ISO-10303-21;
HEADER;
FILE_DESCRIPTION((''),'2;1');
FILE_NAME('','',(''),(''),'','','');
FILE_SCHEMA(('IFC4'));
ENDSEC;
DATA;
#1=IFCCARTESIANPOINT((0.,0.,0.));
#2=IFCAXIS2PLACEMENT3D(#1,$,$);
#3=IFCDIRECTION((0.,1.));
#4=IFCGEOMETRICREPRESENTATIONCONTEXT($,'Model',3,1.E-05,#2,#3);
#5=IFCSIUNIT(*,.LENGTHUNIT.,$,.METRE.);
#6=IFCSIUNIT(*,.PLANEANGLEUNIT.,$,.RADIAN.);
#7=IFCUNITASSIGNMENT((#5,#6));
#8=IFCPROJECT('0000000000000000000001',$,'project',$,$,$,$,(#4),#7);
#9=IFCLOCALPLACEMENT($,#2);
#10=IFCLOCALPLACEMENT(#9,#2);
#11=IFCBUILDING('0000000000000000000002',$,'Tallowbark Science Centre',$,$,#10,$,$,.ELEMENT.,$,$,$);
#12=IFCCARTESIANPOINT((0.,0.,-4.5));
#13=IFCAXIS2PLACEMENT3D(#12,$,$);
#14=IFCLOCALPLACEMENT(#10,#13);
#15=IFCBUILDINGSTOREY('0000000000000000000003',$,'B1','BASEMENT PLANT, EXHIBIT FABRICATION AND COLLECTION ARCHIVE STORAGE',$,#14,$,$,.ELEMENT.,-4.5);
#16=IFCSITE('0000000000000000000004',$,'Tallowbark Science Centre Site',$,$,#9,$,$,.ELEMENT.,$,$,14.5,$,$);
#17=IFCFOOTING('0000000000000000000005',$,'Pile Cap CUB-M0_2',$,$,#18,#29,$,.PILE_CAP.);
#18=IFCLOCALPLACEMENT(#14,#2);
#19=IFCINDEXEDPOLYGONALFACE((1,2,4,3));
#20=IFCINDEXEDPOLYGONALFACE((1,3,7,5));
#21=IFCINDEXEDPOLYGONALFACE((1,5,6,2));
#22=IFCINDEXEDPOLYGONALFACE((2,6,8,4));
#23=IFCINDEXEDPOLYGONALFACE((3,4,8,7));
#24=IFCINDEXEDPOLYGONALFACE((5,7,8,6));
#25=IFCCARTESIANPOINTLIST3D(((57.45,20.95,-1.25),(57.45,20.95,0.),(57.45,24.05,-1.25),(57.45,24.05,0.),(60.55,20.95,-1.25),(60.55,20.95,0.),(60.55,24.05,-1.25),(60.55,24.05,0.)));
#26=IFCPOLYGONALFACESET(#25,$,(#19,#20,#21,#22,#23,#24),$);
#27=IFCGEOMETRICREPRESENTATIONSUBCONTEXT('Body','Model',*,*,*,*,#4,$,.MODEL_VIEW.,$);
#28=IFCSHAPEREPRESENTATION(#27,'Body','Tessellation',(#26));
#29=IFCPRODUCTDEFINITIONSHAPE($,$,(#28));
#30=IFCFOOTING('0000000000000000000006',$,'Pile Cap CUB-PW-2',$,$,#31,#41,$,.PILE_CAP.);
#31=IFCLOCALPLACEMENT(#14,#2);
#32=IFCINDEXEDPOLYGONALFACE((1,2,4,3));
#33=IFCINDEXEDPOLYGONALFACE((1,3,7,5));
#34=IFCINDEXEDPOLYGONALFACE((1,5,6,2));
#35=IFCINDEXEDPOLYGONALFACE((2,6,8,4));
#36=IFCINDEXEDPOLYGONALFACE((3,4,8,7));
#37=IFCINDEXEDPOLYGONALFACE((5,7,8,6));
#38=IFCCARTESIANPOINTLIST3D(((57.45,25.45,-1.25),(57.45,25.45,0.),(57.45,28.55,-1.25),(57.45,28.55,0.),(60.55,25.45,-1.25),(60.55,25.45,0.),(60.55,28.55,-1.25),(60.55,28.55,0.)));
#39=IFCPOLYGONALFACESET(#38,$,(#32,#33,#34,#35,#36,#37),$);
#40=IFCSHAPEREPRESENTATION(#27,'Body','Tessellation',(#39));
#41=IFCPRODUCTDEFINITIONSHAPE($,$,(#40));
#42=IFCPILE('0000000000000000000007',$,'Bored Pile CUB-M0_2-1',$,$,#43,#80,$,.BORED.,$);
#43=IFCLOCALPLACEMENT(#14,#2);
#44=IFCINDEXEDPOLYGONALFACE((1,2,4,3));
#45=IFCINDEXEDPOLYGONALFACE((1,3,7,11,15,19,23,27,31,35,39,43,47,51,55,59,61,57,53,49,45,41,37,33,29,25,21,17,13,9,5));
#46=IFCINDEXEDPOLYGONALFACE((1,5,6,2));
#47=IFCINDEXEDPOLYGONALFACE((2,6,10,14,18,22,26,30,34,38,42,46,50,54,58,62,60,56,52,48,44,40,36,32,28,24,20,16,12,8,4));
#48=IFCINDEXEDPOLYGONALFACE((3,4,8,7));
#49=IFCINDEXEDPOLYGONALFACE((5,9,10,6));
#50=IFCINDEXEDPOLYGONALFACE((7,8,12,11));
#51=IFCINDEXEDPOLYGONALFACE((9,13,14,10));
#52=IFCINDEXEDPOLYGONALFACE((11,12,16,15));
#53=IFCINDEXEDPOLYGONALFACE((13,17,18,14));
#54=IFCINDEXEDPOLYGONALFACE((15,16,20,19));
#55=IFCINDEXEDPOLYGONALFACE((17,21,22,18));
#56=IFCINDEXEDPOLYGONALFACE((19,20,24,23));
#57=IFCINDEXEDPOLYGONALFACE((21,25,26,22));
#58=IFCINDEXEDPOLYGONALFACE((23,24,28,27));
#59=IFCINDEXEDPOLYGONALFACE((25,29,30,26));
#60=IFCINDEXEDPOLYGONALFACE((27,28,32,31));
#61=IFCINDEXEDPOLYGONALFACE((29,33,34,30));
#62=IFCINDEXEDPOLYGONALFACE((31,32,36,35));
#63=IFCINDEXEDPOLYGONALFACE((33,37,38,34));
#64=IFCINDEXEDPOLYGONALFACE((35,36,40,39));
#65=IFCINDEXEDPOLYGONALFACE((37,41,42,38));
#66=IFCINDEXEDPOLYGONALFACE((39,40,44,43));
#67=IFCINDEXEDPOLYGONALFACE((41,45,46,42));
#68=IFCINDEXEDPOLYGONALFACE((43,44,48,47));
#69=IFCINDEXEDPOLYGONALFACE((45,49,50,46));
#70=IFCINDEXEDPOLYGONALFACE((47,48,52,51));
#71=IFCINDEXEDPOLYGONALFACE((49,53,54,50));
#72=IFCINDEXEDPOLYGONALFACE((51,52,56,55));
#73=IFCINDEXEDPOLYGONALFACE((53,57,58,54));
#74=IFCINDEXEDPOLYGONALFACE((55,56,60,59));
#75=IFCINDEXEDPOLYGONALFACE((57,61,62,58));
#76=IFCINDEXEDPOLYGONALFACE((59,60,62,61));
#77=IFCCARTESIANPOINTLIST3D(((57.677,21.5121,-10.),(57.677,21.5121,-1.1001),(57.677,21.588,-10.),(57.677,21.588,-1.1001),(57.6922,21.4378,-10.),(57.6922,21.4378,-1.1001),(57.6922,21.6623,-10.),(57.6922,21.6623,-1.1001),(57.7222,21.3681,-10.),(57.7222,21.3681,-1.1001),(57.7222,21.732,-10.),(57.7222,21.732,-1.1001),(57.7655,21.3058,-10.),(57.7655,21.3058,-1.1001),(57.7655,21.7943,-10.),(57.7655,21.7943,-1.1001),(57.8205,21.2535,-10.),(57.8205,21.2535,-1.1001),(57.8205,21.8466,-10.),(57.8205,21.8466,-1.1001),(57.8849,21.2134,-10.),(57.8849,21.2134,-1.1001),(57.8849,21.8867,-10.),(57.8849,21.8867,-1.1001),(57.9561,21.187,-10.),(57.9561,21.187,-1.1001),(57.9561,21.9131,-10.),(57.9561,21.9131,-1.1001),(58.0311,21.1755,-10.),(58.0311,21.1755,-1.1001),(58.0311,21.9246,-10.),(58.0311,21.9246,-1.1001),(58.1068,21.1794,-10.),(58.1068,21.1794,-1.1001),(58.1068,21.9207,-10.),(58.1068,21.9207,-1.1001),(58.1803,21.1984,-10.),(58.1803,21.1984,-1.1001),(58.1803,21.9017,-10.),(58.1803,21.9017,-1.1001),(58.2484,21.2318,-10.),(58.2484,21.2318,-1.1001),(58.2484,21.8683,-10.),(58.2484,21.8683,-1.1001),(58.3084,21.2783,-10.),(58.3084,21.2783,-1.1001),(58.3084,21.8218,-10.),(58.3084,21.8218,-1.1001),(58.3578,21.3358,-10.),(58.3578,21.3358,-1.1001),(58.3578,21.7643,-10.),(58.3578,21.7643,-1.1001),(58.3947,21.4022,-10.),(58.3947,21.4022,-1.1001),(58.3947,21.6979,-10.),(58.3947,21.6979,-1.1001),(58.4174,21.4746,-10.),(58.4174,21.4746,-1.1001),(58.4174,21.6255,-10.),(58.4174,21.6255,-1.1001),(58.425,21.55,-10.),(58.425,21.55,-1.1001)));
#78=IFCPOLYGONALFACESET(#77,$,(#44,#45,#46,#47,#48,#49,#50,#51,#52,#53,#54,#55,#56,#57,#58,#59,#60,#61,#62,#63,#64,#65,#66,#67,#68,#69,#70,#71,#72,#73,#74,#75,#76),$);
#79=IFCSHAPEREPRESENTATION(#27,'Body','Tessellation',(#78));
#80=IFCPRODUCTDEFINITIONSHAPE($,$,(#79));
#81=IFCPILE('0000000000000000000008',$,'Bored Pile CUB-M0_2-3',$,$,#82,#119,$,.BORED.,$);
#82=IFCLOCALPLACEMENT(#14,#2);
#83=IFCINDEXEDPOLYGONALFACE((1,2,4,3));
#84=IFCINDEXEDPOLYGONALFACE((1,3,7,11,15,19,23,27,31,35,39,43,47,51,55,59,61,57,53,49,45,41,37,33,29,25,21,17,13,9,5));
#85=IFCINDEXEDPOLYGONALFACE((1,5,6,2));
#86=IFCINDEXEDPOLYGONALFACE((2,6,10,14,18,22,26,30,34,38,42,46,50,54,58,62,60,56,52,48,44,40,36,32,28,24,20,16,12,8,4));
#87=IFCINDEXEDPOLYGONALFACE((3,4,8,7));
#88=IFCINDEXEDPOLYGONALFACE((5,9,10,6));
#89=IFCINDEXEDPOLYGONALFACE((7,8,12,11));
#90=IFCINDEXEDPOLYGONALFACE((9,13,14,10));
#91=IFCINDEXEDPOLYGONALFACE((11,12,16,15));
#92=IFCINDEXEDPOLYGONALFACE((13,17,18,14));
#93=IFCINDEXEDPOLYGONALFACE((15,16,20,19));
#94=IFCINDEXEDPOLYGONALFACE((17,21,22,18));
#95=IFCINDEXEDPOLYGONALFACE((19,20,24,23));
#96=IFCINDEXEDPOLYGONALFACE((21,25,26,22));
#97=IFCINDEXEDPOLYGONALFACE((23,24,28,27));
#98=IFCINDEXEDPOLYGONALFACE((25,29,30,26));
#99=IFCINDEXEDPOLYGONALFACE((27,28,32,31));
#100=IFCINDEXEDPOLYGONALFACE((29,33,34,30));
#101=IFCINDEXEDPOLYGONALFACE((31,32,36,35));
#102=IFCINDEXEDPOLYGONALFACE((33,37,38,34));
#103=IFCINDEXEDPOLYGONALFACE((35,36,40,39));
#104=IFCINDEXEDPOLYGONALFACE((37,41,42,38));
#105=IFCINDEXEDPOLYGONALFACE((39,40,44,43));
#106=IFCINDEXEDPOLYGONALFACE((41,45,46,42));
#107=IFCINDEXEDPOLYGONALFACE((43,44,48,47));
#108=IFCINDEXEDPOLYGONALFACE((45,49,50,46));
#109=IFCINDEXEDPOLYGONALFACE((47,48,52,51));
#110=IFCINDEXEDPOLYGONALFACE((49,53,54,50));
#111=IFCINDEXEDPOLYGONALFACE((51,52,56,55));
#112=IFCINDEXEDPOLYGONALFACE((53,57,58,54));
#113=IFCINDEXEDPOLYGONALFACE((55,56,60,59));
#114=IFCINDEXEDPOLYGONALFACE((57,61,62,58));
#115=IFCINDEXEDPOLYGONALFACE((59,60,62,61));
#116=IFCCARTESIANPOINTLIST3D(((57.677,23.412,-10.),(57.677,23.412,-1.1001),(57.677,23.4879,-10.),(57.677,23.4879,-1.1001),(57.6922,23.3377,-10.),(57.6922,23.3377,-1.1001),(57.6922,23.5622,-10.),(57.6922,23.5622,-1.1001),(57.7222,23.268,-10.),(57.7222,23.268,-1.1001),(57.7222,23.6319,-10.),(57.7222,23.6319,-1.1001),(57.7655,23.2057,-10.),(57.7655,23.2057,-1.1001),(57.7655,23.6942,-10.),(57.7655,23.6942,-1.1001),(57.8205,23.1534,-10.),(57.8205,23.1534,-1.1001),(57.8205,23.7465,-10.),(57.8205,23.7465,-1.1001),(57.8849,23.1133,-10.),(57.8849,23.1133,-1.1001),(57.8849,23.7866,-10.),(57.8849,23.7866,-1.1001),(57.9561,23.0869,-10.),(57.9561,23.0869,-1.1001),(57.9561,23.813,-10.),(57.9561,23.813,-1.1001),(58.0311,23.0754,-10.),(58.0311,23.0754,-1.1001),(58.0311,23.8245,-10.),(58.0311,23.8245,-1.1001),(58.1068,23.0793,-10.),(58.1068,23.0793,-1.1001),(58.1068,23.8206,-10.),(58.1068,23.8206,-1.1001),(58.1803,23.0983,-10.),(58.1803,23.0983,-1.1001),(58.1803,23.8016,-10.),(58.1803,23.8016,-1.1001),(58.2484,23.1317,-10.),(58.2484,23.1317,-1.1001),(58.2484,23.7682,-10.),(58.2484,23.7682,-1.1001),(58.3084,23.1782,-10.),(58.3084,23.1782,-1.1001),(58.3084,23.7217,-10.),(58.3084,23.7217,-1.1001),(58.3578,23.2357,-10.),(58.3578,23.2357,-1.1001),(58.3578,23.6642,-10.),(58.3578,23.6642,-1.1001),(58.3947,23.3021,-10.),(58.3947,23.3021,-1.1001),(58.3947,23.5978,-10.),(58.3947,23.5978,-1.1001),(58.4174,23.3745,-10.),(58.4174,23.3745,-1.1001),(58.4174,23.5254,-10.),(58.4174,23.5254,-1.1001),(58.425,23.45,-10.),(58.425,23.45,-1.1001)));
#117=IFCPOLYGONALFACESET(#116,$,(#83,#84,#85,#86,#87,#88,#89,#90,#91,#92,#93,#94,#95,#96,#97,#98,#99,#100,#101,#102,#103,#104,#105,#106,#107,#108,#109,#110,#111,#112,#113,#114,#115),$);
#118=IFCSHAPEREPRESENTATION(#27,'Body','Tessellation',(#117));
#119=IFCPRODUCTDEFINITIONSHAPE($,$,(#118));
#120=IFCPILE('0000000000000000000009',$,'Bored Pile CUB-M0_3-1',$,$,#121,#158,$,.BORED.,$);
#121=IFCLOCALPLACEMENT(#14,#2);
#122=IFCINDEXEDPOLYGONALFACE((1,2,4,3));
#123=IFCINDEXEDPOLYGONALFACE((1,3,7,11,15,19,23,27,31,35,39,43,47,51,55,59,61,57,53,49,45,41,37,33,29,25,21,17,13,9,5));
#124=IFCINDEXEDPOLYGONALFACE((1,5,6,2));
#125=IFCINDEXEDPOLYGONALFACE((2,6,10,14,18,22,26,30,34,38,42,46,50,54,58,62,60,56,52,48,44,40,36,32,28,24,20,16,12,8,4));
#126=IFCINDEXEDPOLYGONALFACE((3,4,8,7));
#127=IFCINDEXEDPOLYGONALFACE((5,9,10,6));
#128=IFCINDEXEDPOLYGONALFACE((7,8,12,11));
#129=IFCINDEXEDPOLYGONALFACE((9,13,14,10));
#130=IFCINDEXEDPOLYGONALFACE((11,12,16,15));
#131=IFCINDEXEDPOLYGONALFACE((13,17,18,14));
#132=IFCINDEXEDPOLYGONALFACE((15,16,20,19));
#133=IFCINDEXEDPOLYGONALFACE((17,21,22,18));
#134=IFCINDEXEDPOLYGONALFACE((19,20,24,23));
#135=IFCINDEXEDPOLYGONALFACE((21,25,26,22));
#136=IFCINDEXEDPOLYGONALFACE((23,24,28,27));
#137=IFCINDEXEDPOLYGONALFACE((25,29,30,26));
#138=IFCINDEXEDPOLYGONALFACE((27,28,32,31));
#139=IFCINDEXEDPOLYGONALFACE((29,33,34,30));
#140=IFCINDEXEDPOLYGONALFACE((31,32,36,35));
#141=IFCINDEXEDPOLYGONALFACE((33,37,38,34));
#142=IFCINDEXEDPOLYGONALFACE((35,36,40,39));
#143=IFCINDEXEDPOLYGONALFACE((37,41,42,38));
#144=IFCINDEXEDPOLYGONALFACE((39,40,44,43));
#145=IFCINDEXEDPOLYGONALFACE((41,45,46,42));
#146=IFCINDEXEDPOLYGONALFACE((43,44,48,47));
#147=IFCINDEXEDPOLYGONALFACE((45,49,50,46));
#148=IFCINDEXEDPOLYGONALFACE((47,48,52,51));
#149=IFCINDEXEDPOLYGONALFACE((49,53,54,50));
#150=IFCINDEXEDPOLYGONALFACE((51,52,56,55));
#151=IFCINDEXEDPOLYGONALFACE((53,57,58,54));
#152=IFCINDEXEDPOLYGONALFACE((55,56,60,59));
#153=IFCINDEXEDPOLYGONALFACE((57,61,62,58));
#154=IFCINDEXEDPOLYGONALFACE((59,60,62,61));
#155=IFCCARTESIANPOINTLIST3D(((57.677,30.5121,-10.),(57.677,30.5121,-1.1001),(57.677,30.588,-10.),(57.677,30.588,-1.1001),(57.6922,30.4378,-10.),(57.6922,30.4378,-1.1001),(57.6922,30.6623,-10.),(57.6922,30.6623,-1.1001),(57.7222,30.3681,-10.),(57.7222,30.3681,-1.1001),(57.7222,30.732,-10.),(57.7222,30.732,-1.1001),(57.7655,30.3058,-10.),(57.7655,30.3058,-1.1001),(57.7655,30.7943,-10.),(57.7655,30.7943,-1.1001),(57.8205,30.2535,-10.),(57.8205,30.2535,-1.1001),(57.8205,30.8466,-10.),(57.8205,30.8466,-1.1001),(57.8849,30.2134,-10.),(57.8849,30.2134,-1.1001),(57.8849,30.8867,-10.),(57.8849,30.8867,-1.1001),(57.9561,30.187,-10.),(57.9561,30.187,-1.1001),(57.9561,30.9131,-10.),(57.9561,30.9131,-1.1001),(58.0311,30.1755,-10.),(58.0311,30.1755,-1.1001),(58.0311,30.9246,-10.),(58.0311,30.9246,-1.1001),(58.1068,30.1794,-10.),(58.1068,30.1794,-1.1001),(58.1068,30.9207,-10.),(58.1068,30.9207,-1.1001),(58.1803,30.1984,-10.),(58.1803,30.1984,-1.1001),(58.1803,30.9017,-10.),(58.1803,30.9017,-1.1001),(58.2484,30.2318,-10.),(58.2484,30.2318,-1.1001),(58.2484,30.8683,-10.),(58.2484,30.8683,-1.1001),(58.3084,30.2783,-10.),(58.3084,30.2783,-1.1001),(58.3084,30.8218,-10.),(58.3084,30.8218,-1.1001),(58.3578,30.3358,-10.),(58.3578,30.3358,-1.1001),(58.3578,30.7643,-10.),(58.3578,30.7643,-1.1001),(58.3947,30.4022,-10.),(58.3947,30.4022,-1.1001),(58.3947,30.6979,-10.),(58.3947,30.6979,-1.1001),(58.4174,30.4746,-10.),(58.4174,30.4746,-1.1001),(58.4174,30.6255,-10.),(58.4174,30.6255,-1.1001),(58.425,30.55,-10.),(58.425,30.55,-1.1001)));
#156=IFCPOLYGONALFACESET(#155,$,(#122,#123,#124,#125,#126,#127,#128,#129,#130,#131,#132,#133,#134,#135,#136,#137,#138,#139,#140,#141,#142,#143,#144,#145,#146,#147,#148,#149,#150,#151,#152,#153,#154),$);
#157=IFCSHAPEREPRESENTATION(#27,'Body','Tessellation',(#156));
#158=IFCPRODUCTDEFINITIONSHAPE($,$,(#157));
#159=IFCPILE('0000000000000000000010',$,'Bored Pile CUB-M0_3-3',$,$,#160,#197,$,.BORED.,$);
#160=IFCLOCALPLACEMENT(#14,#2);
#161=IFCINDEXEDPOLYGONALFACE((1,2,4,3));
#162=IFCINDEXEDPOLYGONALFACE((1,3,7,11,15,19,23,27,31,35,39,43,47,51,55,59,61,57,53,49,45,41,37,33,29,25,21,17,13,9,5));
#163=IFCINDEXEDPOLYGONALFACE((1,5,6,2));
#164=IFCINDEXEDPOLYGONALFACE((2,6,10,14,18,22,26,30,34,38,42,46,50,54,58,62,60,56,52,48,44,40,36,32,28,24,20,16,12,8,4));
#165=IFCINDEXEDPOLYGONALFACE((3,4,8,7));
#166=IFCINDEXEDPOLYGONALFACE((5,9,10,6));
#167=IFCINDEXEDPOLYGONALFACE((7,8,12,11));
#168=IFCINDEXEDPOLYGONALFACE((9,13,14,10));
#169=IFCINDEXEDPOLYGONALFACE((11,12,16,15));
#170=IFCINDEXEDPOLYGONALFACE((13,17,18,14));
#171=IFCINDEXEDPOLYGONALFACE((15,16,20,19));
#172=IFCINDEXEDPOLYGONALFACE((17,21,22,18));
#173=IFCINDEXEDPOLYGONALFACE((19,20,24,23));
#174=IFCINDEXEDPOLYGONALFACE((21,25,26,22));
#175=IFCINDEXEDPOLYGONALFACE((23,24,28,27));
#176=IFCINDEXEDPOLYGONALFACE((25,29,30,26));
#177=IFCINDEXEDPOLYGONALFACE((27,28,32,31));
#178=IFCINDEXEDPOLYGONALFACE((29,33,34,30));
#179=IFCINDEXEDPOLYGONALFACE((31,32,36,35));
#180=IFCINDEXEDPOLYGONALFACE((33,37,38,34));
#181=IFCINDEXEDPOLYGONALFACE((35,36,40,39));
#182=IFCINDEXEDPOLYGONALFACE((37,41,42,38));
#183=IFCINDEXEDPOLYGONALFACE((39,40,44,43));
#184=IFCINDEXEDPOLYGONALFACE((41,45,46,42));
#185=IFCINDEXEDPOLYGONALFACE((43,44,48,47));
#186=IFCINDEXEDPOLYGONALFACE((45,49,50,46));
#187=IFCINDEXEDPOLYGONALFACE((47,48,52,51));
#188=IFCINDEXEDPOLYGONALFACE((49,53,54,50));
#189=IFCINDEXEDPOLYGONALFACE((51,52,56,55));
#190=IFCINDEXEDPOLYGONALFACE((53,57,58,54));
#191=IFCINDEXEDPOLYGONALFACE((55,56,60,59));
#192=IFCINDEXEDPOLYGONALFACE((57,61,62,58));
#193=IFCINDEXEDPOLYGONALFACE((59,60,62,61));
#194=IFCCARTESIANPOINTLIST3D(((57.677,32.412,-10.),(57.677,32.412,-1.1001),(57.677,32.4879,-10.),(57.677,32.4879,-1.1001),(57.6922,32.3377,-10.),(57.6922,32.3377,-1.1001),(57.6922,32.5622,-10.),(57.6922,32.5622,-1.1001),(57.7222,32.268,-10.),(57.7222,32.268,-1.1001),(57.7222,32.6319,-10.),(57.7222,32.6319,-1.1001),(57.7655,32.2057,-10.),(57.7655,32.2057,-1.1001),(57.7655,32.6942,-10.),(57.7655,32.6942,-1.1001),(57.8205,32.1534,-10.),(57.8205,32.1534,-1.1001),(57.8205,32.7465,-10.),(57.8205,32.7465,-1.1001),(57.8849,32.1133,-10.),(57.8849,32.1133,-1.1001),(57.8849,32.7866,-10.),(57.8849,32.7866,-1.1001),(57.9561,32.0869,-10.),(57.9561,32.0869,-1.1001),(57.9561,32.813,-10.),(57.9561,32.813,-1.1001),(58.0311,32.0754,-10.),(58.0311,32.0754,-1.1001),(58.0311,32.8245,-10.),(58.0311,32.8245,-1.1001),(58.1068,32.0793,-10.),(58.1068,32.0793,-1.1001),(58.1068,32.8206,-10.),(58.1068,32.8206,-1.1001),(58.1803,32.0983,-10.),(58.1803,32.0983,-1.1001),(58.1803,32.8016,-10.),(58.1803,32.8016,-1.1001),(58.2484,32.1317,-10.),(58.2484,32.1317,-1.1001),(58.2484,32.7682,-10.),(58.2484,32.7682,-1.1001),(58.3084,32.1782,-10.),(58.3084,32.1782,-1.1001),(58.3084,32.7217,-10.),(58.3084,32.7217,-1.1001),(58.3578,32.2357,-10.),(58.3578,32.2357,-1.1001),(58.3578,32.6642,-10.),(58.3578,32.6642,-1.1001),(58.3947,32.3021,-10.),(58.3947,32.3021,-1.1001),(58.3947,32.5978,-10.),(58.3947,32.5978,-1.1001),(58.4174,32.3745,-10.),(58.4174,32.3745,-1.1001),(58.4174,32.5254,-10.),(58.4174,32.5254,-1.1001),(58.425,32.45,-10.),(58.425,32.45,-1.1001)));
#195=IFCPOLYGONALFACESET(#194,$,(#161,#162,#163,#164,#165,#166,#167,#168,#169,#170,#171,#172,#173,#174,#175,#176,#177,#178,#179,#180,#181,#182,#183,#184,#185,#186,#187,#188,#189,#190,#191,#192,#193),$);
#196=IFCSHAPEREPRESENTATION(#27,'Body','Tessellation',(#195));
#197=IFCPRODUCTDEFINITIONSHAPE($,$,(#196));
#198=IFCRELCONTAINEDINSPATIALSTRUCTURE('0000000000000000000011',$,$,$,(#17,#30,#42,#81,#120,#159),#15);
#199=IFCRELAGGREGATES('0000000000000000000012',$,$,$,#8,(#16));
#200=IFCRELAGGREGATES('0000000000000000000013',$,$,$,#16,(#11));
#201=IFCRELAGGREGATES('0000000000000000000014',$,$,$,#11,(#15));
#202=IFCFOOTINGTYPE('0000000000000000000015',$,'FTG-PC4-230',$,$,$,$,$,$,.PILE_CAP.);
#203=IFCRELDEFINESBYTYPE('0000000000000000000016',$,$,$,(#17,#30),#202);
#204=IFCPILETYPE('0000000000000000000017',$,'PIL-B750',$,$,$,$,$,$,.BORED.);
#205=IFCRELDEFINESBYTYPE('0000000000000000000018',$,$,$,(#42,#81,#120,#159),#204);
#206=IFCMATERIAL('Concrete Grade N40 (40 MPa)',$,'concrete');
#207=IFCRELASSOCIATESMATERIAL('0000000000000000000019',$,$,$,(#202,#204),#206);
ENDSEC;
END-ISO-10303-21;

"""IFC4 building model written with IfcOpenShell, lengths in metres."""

from ifc_helpers import new_model, si_unit, direction, frame, origin, origin_2d, place, context, subcontext, project, spatial, rectangle, circle, extrude, material, material_profile, profile_set, type_object, element, save


model = new_model("IFC4")

# Units and contexts
model_context = context("Model", 3, precision=1e-05, world=origin(), true_north=direction((0.0, 1.0)))
body_context = subcontext(model_context, "Body", "Model", "MODEL_VIEW")
ifc_project = project(units=[si_unit("LENGTHUNIT", "METRE"), si_unit("PLANEANGLEUNIT", "RADIAN")], contexts=[model_context])

# Site, building, storey
site_placement = place(None, origin())
site = spatial("IfcSite", under=ifc_project, at=site_placement, Name="Tallowbark Science Centre Site", CompositionType="ELEMENT", RefElevation=14.5)
building_placement = place(site_placement, origin())
building = spatial("IfcBuilding", under=site, at=building_placement, Name="Tallowbark Science Centre", CompositionType="ELEMENT")
storey_placement = place(building_placement, frame((0.0, 0.0, -4.5)))
storey = spatial("IfcBuildingStorey", under=building, at=storey_placement, Name="B1", Description="BASEMENT PLANT, EXHIBIT FABRICATION AND COLLECTION ARCHIVE STORAGE", CompositionType="ELEMENT", Elevation=-4.5)

# Footings
ifc_material_1 = material(Name="Concrete Grade N40 (40 MPa)", Category="concrete")
footing_type = type_object("IfcFootingType", Name="FTG-PC4-230", PredefinedType="PILE_CAP", material=ifc_material_1)
for number, where, z_axis, x_axis, name in (
    (1, (59.0, 22.5, -1.25), (0.0, 0.0, 1.0), (1.0, 0.0, 0.0), "Pile Cap CUB-M0_2"),
    (2, (59.0, 27.0, -1.25), (0.0, 0.0, 1.0), (1.0, 0.0, 0.0), "Pile Cap CUB-PW-2"),
):
    element("IfcFooting", number, at=place(storey_placement, frame(where, z_axis=z_axis, x_axis=x_axis)), inside=storey, type_object=footing_type, Name=name, PredefinedType="PILE_CAP", context=body_context, shape_type="SweptSolid", body=[
        extrude(rectangle(XDim=3.1001, YDim=3.1001, at=origin_2d()), origin(), (0.0, 0.0, 1.0), 1.25),
    ])

# Piles
ifc_material_profile_1 = material_profile(ifc_material_1, circle(Radius=0.375, at=origin_2d()), Name="PILE750")
ifc_profile_set_1 = profile_set([ifc_material_profile_1], Name="Concrete Grade N40 (40 MPa)")
pile_type = type_object("IfcPileType", Name="PIL-B750", PredefinedType="BORED", material=ifc_profile_set_1)
for number, where, z_axis, x_axis, name in (
    (3, (58.05, 21.55, -1.1001), (0.0, 0.0, -1.0), (1.0, 0.0, 0.0), "Bored Pile CUB-M0_2-1"),
    (4, (58.05, 23.45, -1.1001), (0.0, 0.0, -1.0), (1.0, 0.0, 0.0), "Bored Pile CUB-M0_2-3"),
    (5, (58.05, 30.55, -1.1001), (0.0, 0.0, -1.0), (1.0, 0.0, 0.0), "Bored Pile CUB-M0_3-1"),
    (6, (58.05, 32.45, -1.1001), (0.0, 0.0, -1.0), (1.0, 0.0, 0.0), "Bored Pile CUB-M0_3-3"),
):
    element("IfcPile", number, at=place(storey_placement, frame(where, z_axis=z_axis, x_axis=x_axis)), inside=storey, type_object=pile_type, Name=name, PredefinedType="BORED", context=body_context, shape_type="SweptSolid", body=[
        extrude(circle(Radius=0.375, at=origin_2d()), origin(), (0.0, 0.0, 1.0), 8.8999),
    ])

save(model, "model.ifc")
